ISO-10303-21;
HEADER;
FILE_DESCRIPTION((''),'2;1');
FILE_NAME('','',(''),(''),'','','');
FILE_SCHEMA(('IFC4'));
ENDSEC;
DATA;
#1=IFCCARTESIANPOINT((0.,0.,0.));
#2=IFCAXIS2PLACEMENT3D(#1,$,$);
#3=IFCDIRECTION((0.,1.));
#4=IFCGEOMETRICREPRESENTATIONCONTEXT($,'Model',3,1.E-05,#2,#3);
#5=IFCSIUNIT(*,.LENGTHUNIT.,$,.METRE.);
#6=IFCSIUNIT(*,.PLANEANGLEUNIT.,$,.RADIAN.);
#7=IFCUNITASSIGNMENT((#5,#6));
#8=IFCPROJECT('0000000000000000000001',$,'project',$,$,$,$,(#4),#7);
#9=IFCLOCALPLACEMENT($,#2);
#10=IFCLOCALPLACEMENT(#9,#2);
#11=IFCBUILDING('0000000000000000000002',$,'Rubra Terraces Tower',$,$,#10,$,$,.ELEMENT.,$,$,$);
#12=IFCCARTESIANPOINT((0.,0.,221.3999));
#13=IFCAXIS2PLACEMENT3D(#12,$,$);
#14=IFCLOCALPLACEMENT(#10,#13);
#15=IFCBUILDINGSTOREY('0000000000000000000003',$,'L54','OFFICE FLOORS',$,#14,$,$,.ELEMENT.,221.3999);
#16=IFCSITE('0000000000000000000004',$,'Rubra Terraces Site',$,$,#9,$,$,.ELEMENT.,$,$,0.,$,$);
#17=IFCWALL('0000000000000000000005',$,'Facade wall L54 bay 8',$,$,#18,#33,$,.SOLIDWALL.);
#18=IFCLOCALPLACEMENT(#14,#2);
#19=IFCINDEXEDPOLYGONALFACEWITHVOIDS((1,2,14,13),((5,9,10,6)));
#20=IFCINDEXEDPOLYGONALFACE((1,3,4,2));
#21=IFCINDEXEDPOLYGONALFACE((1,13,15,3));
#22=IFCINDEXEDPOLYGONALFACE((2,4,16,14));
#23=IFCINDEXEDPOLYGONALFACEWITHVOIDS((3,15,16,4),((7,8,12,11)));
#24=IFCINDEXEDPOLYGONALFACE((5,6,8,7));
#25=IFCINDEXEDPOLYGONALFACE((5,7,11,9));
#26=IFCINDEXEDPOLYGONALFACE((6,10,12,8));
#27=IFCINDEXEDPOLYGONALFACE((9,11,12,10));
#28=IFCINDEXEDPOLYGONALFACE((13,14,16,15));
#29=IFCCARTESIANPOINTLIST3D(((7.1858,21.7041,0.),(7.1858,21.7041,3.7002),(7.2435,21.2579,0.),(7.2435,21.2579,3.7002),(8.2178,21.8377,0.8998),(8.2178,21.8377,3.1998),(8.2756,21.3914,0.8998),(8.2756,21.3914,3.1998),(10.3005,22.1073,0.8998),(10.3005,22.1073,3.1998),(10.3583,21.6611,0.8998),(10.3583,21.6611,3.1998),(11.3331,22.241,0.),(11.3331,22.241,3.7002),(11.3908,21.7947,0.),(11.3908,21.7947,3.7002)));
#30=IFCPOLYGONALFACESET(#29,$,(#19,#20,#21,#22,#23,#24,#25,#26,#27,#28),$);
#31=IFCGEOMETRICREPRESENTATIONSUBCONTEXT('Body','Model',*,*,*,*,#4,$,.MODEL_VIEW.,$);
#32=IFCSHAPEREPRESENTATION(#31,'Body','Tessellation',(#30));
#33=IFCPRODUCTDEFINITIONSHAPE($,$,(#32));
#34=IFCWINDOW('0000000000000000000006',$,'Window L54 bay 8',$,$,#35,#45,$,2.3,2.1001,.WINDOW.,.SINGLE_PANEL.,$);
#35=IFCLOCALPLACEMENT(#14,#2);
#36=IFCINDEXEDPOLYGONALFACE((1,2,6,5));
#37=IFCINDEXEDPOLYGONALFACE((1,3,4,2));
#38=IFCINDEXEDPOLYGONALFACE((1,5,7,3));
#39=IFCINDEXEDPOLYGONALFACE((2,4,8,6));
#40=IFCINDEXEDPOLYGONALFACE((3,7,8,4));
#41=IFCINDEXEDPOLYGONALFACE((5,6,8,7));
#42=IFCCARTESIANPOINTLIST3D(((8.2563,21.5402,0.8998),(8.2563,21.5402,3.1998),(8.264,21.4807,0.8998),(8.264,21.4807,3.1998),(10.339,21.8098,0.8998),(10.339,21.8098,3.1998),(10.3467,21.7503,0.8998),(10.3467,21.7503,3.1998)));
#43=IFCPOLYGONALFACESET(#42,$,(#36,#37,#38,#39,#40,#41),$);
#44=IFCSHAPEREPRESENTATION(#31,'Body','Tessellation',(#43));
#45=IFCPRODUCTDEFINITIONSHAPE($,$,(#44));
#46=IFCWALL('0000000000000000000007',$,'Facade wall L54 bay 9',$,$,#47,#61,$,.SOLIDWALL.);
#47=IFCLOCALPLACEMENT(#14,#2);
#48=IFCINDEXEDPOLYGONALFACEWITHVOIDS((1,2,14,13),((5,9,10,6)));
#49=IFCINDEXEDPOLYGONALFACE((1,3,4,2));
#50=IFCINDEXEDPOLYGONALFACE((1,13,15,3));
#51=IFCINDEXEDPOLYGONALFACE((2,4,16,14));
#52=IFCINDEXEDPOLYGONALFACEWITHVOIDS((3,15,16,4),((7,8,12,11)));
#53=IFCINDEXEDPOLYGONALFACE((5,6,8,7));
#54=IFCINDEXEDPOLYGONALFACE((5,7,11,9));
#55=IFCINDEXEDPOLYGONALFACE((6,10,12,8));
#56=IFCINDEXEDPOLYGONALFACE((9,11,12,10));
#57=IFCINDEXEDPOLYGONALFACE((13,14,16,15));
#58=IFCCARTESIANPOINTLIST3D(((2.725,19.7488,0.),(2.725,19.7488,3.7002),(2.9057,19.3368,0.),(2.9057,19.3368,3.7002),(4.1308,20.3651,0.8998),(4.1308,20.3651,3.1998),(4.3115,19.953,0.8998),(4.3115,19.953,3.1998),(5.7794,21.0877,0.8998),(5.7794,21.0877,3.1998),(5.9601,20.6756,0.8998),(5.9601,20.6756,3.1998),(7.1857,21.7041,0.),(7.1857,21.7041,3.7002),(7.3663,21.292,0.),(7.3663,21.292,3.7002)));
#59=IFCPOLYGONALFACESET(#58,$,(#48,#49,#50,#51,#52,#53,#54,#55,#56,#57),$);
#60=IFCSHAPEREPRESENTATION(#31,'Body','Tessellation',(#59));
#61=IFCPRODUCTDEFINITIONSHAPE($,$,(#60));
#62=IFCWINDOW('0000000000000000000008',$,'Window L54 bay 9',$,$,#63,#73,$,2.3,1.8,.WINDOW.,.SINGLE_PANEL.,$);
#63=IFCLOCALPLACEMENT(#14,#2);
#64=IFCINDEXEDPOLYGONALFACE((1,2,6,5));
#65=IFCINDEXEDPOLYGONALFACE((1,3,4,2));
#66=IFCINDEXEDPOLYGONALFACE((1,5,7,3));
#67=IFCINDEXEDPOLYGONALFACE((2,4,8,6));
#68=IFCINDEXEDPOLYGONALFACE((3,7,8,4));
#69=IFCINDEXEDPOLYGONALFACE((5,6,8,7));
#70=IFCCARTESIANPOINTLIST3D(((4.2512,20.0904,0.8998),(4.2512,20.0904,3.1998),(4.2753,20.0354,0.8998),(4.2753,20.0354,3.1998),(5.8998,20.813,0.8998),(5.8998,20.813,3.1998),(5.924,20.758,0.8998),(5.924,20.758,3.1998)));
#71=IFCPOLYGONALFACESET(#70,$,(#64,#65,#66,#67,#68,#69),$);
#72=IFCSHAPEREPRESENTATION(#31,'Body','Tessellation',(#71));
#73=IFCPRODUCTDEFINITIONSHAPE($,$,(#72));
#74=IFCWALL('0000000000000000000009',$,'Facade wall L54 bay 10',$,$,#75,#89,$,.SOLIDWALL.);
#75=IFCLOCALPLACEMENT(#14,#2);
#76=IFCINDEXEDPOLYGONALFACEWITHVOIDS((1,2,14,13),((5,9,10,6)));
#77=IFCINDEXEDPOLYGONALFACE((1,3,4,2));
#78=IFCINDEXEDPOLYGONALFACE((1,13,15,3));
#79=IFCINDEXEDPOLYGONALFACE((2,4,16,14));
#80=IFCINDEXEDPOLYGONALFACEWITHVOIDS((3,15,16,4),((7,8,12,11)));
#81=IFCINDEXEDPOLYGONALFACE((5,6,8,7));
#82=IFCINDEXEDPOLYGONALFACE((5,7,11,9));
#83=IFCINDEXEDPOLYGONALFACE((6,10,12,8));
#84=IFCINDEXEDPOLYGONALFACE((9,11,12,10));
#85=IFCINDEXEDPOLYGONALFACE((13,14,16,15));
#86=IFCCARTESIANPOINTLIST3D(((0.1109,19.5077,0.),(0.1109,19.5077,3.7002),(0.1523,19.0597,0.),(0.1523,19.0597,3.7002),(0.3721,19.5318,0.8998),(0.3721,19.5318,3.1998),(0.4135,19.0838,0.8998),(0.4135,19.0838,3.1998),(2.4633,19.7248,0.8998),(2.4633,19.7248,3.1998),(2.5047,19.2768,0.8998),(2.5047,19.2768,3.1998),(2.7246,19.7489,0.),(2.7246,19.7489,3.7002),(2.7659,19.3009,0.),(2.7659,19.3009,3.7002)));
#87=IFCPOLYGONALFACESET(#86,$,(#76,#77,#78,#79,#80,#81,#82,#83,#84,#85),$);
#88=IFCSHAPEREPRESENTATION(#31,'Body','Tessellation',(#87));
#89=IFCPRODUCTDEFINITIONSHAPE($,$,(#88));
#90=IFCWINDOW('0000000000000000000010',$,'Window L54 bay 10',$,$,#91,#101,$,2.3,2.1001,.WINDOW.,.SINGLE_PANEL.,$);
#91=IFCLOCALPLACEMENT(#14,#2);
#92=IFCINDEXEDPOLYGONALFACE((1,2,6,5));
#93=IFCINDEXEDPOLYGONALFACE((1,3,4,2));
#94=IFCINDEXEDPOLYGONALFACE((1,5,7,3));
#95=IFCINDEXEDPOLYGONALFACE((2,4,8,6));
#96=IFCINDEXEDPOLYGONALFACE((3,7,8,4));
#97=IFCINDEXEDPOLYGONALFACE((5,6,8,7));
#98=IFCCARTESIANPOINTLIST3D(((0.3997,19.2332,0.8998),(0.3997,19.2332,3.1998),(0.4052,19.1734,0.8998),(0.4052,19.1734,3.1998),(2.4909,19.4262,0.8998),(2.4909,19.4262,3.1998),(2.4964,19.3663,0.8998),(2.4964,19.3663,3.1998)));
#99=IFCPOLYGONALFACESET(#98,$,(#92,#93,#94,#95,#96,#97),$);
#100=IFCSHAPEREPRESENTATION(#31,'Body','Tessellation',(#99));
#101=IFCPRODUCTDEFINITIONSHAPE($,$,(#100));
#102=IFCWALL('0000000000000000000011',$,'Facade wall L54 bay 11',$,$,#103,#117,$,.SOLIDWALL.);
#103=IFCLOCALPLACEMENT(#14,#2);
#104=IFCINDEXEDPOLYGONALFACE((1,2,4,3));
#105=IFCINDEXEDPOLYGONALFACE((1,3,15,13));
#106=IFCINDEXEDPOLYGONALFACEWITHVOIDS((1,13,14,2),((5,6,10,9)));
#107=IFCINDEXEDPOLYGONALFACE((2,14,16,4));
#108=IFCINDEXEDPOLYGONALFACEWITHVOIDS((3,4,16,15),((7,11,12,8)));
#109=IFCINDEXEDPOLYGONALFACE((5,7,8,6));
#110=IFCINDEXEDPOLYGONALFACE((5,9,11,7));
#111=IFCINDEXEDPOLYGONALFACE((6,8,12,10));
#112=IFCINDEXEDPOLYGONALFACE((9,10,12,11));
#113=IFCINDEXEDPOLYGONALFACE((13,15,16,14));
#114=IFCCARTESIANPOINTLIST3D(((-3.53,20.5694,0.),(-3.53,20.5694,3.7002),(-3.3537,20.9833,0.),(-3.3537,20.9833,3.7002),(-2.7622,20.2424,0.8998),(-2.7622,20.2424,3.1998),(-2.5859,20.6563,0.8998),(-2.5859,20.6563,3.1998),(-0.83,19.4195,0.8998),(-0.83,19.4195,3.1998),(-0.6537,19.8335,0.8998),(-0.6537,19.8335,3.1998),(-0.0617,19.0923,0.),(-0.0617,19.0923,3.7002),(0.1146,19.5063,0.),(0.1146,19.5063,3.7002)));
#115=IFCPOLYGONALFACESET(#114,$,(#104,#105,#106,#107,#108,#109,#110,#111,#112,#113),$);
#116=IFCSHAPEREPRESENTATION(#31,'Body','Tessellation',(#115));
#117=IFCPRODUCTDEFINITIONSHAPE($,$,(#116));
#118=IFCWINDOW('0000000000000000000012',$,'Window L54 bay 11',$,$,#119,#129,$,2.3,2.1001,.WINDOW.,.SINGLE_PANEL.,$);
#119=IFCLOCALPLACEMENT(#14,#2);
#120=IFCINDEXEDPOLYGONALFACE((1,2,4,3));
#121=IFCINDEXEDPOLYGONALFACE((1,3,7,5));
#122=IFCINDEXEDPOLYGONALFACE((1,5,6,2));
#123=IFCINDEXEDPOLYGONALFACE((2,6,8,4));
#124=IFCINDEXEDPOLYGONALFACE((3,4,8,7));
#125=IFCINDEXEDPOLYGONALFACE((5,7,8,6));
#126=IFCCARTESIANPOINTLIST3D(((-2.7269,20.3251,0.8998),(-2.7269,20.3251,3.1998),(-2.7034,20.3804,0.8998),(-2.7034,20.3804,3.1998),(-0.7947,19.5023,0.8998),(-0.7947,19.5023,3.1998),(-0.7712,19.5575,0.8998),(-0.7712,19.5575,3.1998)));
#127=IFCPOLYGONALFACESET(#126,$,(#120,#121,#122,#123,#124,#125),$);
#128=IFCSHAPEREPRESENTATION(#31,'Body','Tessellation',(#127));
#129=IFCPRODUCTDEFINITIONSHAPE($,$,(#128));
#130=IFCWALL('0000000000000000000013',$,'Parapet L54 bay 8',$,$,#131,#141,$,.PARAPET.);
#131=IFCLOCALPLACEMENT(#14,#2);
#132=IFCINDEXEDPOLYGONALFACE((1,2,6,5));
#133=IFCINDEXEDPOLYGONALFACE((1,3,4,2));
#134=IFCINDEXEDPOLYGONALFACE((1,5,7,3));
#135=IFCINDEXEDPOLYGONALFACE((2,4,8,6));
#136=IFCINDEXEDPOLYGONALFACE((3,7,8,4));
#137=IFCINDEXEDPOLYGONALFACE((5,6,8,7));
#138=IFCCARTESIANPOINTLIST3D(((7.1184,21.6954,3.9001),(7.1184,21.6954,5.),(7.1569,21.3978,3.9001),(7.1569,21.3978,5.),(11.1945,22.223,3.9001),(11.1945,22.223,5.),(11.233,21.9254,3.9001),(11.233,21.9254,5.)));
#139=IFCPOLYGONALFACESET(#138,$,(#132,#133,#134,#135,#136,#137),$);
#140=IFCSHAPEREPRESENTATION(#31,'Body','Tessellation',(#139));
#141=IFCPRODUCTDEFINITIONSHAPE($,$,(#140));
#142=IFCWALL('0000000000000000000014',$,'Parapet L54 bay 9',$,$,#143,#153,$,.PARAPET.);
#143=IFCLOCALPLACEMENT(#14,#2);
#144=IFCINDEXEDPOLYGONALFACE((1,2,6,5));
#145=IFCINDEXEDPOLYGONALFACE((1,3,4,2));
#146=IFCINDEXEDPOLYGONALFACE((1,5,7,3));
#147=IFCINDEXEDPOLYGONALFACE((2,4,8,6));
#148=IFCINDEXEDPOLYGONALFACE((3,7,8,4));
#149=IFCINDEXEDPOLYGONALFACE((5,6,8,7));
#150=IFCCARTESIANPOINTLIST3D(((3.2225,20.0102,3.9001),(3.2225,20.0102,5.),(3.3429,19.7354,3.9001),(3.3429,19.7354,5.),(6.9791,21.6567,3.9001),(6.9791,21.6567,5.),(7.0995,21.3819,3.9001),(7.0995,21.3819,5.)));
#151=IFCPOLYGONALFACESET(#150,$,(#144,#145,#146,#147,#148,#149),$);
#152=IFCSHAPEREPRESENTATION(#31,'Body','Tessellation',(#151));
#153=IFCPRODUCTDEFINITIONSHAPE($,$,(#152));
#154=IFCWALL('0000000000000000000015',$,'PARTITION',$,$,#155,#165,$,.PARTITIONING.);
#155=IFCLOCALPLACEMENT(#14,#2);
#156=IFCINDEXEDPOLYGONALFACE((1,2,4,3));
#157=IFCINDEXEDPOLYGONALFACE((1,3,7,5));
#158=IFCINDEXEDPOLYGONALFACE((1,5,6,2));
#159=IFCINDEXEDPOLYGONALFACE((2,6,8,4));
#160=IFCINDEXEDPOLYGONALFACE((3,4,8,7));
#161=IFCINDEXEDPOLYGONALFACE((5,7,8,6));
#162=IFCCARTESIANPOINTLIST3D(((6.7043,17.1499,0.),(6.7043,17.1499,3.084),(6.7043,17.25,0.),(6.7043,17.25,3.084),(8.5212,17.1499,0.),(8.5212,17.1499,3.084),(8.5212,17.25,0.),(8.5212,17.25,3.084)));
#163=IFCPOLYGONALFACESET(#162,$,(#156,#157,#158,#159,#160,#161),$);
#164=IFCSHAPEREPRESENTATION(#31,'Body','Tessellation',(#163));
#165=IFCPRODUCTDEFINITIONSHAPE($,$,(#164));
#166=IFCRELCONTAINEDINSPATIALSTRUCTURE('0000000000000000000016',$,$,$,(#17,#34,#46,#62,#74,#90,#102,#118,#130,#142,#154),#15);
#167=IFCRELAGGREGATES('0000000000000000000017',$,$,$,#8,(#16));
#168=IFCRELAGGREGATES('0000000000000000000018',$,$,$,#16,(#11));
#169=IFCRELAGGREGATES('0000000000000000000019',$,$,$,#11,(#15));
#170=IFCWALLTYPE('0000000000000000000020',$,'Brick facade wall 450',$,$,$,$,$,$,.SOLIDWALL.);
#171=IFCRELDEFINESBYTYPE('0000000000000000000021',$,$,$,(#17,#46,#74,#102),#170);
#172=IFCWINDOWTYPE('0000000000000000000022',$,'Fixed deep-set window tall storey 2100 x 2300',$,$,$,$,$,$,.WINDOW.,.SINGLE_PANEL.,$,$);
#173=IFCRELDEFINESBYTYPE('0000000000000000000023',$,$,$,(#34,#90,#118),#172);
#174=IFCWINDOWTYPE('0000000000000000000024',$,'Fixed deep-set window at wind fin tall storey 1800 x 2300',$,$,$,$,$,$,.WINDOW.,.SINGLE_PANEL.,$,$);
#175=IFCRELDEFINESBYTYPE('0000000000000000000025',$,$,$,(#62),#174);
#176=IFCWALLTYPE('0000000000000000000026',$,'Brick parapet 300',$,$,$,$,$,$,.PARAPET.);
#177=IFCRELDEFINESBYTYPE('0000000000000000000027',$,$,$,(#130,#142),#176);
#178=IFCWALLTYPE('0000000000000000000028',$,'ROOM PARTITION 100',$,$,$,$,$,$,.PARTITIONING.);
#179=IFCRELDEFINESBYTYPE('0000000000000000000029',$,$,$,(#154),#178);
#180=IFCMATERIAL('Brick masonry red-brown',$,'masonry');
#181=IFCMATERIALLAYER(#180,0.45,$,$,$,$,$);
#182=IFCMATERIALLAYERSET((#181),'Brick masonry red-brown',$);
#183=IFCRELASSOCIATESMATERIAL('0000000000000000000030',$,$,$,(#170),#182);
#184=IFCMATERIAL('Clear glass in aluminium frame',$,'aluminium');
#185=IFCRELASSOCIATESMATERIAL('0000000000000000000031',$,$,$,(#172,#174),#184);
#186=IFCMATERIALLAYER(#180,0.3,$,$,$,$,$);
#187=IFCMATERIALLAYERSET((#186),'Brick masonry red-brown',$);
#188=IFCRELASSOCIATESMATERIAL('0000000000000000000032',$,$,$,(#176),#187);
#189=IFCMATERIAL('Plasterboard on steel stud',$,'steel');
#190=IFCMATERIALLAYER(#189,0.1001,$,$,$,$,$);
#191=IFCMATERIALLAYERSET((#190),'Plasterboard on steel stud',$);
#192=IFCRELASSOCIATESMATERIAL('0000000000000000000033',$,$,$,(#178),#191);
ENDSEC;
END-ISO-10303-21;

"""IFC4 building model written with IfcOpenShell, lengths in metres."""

from ifc_helpers import new_model, si_unit, direction, frame, frame_2d, origin, place, context, subcontext, project, spatial, rectangle, extrude, material, layer, layer_set, type_object, element, fill, save


model = new_model("IFC4")

# Units and contexts
model_context = context("Model", 3, precision=1e-05, world=origin(), true_north=direction((0.0, 1.0)))
body_context = subcontext(model_context, "Body", "Model", "MODEL_VIEW")
ifc_project = project(units=[si_unit("LENGTHUNIT", "METRE"), si_unit("PLANEANGLEUNIT", "RADIAN")], contexts=[model_context])

# Site, building, storey
site_placement = place(None, origin())
site = spatial("IfcSite", under=ifc_project, at=site_placement, Name="Rubra Terraces Site", CompositionType="ELEMENT", RefElevation=0.0)
building_placement = place(site_placement, origin())
building = spatial("IfcBuilding", under=site, at=building_placement, Name="Rubra Terraces Tower", CompositionType="ELEMENT")
storey_placement = place(building_placement, frame((0.0, 0.0, 221.3999)))
storey = spatial("IfcBuildingStorey", under=building, at=storey_placement, Name="L54", Description="OFFICE FLOORS", CompositionType="ELEMENT", Elevation=221.3999)

# Walls, openings, windows
ifc_material_1 = material(Name="Brick masonry red-brown", Category="masonry")
ifc_layer_1 = layer(ifc_material_1, 0.45)
ifc_layer_set_1 = layer_set([ifc_layer_1], Name="Brick masonry red-brown")
wall_type_1 = type_object("IfcWallType", Name="Brick facade wall 450", PredefinedType="SOLIDWALL", material=ifc_layer_set_1)
wall_1_placement = place(storey_placement, frame((11.3618, 22.0178, 0.0), z_axis=(0.0, 0.0, 1.0), x_axis=(-0.991725, -0.128381, 0.0)))
wall_1 = element("IfcWall", 1, at=wall_1_placement, inside=storey, type_object=wall_type_1, Name="Facade wall L54 bay 8", PredefinedType="SOLIDWALL", context=body_context, shape_type="SweptSolid", body=[
    extrude(rectangle(XDim=4.1819, YDim=0.45, at=frame_2d((2.0908, 0.0))), origin(), (0.0, 0.0, 1.0), 3.7002),
])
opening_1_placement = place(wall_1_placement, frame((1.041, 0.0, 0.8999)))
opening_1 = element("IfcOpeningElement", 2, at=opening_1_placement, cuts=wall_1, PredefinedType="OPENING", context=body_context, shape_type="SweptSolid", body=[
    extrude(rectangle(XDim=2.1001, YDim=2.3, at=frame_2d((1.05, 1.1499))), frame((0.0, 0.2349, 0.0), z_axis=(0.0, -1.0, 0.0), x_axis=(1.0, 0.0, 0.0)), (0.0, 0.0, 1.0), 0.47),
])
ifc_material_2 = material(Name="Clear glass in aluminium frame", Category="aluminium")
window_type_1 = type_object("IfcWindowType", Name="Fixed deep-set window tall storey 2100 x 2300", PartitioningType="SINGLE_PANEL", PredefinedType="WINDOW", material=ifc_material_2)
window_1_placement = place(opening_1_placement, origin())
window_1 = element("IfcWindow", 3, at=window_1_placement, inside=storey, type_object=window_type_1, Name="Window L54 bay 8", OverallHeight=2.3, OverallWidth=2.1001, PartitioningType="SINGLE_PANEL", PredefinedType="WINDOW", context=body_context, shape_type="SweptSolid", body=[
    extrude(rectangle(XDim=2.1001, YDim=2.3, at=frame_2d((1.05, 1.1499))), frame((0.0, 0.135, 0.0), z_axis=(0.0, -1.0, 0.0), x_axis=(1.0, 0.0, 0.0)), (0.0, 0.0, 1.0), 0.0601),
])
fill(opening_1, window_1)
wall_2_placement = place(storey_placement, frame((7.2759, 21.498, 0.0), z_axis=(0.0, 0.0, 1.0), x_axis=(-0.915873, -0.401468, 0.0)))
wall_2 = element("IfcWall", 4, at=wall_2_placement, inside=storey, type_object=wall_type_1, Name="Facade wall L54 bay 9", PredefinedType="SOLIDWALL", context=body_context, shape_type="SweptSolid", body=[
    extrude(rectangle(XDim=4.8704, YDim=0.45, at=frame_2d((2.4351, 0.0))), origin(), (0.0, 0.0, 1.0), 3.7002),
])
opening_2_placement = place(wall_2_placement, frame((1.5354, 0.0, 0.8999)))
opening_2 = element("IfcOpeningElement", 5, at=opening_2_placement, cuts=wall_2, PredefinedType="OPENING", context=body_context, shape_type="SweptSolid", body=[
    extrude(rectangle(XDim=1.8, YDim=2.3, at=frame_2d((0.8999, 1.1499))), frame((0.0, 0.2349, 0.0), z_axis=(0.0, -1.0, 0.0), x_axis=(1.0, 0.0, 0.0)), (0.0, 0.0, 1.0), 0.47),
])
window_type_2 = type_object("IfcWindowType", Name="Fixed deep-set window at wind fin tall storey 1800 x 2300", PartitioningType="SINGLE_PANEL", PredefinedType="WINDOW", material=ifc_material_2)
window_2_placement = place(opening_2_placement, origin())
window_2 = element("IfcWindow", 6, at=window_2_placement, inside=storey, type_object=window_type_2, Name="Window L54 bay 9", OverallHeight=2.3, OverallWidth=1.8, PartitioningType="SINGLE_PANEL", PredefinedType="WINDOW", context=body_context, shape_type="SweptSolid", body=[
    extrude(rectangle(XDim=1.8, YDim=2.3, at=frame_2d((0.8999, 1.1499))), frame((0.0, 0.135, 0.0), z_axis=(0.0, -1.0, 0.0), x_axis=(1.0, 0.0, 0.0)), (0.0, 0.0, 1.0), 0.0601),
])
fill(opening_2, window_2)
wall_3_placement = place(storey_placement, frame((2.7454, 19.5249, 0.0), z_axis=(0.0, 0.0, 1.0), x_axis=(-0.995769, -0.091894, 0.0)))
wall_3 = element("IfcWall", 7, at=wall_3_placement, inside=storey, type_object=wall_type_1, Name="Facade wall L54 bay 10", PredefinedType="SOLIDWALL", context=body_context, shape_type="SweptSolid", body=[
    extrude(rectangle(XDim=2.6248, YDim=0.45, at=frame_2d((1.3125, 0.0))), origin(), (0.0, 0.0, 1.0), 3.7002),
])
opening_3_placement = place(wall_3_placement, frame((0.2625, 0.0, 0.8999)))
opening_3 = element("IfcOpeningElement", 8, at=opening_3_placement, cuts=wall_3, PredefinedType="OPENING", context=body_context, shape_type="SweptSolid", body=[
    extrude(rectangle(XDim=2.1001, YDim=2.3, at=frame_2d((1.05, 1.1499))), frame((0.0, 0.2349, 0.0), z_axis=(0.0, -1.0, 0.0), x_axis=(1.0, 0.0, 0.0)), (0.0, 0.0, 1.0), 0.47),
])
window_3_placement = place(opening_3_placement, origin())
window_3 = element("IfcWindow", 9, at=window_3_placement, inside=storey, type_object=window_type_1, Name="Window L54 bay 10", OverallHeight=2.3, OverallWidth=2.1001, PartitioningType="SINGLE_PANEL", PredefinedType="WINDOW", context=body_context, shape_type="SweptSolid", body=[
    extrude(rectangle(XDim=2.1001, YDim=2.3, at=frame_2d((1.05, 1.1499))), frame((0.0, 0.135, 0.0), z_axis=(0.0, -1.0, 0.0), x_axis=(1.0, 0.0, 0.0)), (0.0, 0.0, 1.0), 0.0601),
])
fill(opening_3, window_3)
wall_4_placement = place(storey_placement, frame((0.0264, 19.2993, 0.0), z_axis=(0.0, 0.0, 1.0), x_axis=(-0.92004, 0.391823, 0.0)))
wall_4 = element("IfcWall", 10, at=wall_4_placement, inside=storey, type_object=wall_type_1, Name="Facade wall L54 bay 11", PredefinedType="SOLIDWALL", context=body_context, shape_type="SweptSolid", body=[
    extrude(rectangle(XDim=3.7698, YDim=0.45, at=frame_2d((1.8848, 0.0))), origin(), (0.0, 0.0, 1.0), 3.7002),
])
opening_4_placement = place(wall_4_placement, frame((0.835, 0.0, 0.8999)))
opening_4 = element("IfcOpeningElement", 11, at=opening_4_placement, cuts=wall_4, PredefinedType="OPENING", context=body_context, shape_type="SweptSolid", body=[
    extrude(rectangle(XDim=2.1001, YDim=2.3, at=frame_2d((1.05, 1.1499))), frame((0.0, 0.2349, 0.0), z_axis=(0.0, -1.0, 0.0), x_axis=(1.0, 0.0, 0.0)), (0.0, 0.0, 1.0), 0.47),
])
window_4_placement = place(opening_4_placement, origin())
window_4 = element("IfcWindow", 12, at=window_4_placement, inside=storey, type_object=window_type_1, Name="Window L54 bay 11", OverallHeight=2.3, OverallWidth=2.1001, PartitioningType="SINGLE_PANEL", PredefinedType="WINDOW", context=body_context, shape_type="SweptSolid", body=[
    extrude(rectangle(XDim=2.1001, YDim=2.3, at=frame_2d((1.05, 1.1499))), frame((0.0, 0.135, 0.0), z_axis=(0.0, -1.0, 0.0), x_axis=(1.0, 0.0, 0.0)), (0.0, 0.0, 1.0), 0.0601),
])
fill(opening_4, window_4)

# Walls
ifc_layer_2 = layer(ifc_material_1, 0.3)
ifc_layer_set_2 = layer_set([ifc_layer_2], Name="Brick masonry red-brown")
wall_type_2 = type_object("IfcWallType", Name="Brick parapet 300", PredefinedType="PARAPET", material=ifc_layer_set_2)
wall_5_placement = place(storey_placement, frame((11.2139, 22.0742, 3.9001), z_axis=(0.0, 0.0, 1.0), x_axis=(-0.991727, -0.128361, 0.0)))
element("IfcWall", 13, at=wall_5_placement, inside=storey, type_object=wall_type_2, Name="Parapet L54 bay 8", PredefinedType="PARAPET", context=body_context, shape_type="SweptSolid", body=[
    extrude(rectangle(XDim=4.1101, YDim=0.3, at=frame_2d((2.0552, 0.0))), origin(), (0.0, 0.0, 1.0), 1.0999),
])
wall_6_placement = place(storey_placement, frame((7.0393, 21.5193, 3.9001), z_axis=(0.0, 0.0, 1.0), x_axis=(-0.915891, -0.401428, 0.0)))
element("IfcWall", 14, at=wall_6_placement, inside=storey, type_object=wall_type_2, Name="Parapet L54 bay 9", PredefinedType="PARAPET", context=body_context, shape_type="SweptSolid", body=[
    extrude(rectangle(XDim=4.1016, YDim=0.3, at=frame_2d((2.0508, 0.0))), origin(), (0.0, 0.0, 1.0), 1.0999),
])
ifc_material_3 = material(Name="Plasterboard on steel stud", Category="steel")
ifc_layer_3 = layer(ifc_material_3, 0.1001)
ifc_layer_set_3 = layer_set([ifc_layer_3], Name="Plasterboard on steel stud")
wall_type_3 = type_object("IfcWallType", Name="ROOM PARTITION 100", PredefinedType="PARTITIONING", material=ifc_layer_set_3)
wall_7_placement = place(storey_placement, frame((6.7043, 17.2, 0.0), z_axis=(0.0, 0.0, 1.0), x_axis=(1.0, 0.0, 0.0)))
element("IfcWall", 15, at=wall_7_placement, inside=storey, type_object=wall_type_3, Name="PARTITION", PredefinedType="PARTITIONING", context=body_context, shape_type="SweptSolid", body=[
    extrude(rectangle(XDim=1.8169, YDim=0.1001, at=frame_2d((0.9084, 0.0))), origin(), (0.0, 0.0, 1.0), 3.084),
])

save(model, "model.ifc")
